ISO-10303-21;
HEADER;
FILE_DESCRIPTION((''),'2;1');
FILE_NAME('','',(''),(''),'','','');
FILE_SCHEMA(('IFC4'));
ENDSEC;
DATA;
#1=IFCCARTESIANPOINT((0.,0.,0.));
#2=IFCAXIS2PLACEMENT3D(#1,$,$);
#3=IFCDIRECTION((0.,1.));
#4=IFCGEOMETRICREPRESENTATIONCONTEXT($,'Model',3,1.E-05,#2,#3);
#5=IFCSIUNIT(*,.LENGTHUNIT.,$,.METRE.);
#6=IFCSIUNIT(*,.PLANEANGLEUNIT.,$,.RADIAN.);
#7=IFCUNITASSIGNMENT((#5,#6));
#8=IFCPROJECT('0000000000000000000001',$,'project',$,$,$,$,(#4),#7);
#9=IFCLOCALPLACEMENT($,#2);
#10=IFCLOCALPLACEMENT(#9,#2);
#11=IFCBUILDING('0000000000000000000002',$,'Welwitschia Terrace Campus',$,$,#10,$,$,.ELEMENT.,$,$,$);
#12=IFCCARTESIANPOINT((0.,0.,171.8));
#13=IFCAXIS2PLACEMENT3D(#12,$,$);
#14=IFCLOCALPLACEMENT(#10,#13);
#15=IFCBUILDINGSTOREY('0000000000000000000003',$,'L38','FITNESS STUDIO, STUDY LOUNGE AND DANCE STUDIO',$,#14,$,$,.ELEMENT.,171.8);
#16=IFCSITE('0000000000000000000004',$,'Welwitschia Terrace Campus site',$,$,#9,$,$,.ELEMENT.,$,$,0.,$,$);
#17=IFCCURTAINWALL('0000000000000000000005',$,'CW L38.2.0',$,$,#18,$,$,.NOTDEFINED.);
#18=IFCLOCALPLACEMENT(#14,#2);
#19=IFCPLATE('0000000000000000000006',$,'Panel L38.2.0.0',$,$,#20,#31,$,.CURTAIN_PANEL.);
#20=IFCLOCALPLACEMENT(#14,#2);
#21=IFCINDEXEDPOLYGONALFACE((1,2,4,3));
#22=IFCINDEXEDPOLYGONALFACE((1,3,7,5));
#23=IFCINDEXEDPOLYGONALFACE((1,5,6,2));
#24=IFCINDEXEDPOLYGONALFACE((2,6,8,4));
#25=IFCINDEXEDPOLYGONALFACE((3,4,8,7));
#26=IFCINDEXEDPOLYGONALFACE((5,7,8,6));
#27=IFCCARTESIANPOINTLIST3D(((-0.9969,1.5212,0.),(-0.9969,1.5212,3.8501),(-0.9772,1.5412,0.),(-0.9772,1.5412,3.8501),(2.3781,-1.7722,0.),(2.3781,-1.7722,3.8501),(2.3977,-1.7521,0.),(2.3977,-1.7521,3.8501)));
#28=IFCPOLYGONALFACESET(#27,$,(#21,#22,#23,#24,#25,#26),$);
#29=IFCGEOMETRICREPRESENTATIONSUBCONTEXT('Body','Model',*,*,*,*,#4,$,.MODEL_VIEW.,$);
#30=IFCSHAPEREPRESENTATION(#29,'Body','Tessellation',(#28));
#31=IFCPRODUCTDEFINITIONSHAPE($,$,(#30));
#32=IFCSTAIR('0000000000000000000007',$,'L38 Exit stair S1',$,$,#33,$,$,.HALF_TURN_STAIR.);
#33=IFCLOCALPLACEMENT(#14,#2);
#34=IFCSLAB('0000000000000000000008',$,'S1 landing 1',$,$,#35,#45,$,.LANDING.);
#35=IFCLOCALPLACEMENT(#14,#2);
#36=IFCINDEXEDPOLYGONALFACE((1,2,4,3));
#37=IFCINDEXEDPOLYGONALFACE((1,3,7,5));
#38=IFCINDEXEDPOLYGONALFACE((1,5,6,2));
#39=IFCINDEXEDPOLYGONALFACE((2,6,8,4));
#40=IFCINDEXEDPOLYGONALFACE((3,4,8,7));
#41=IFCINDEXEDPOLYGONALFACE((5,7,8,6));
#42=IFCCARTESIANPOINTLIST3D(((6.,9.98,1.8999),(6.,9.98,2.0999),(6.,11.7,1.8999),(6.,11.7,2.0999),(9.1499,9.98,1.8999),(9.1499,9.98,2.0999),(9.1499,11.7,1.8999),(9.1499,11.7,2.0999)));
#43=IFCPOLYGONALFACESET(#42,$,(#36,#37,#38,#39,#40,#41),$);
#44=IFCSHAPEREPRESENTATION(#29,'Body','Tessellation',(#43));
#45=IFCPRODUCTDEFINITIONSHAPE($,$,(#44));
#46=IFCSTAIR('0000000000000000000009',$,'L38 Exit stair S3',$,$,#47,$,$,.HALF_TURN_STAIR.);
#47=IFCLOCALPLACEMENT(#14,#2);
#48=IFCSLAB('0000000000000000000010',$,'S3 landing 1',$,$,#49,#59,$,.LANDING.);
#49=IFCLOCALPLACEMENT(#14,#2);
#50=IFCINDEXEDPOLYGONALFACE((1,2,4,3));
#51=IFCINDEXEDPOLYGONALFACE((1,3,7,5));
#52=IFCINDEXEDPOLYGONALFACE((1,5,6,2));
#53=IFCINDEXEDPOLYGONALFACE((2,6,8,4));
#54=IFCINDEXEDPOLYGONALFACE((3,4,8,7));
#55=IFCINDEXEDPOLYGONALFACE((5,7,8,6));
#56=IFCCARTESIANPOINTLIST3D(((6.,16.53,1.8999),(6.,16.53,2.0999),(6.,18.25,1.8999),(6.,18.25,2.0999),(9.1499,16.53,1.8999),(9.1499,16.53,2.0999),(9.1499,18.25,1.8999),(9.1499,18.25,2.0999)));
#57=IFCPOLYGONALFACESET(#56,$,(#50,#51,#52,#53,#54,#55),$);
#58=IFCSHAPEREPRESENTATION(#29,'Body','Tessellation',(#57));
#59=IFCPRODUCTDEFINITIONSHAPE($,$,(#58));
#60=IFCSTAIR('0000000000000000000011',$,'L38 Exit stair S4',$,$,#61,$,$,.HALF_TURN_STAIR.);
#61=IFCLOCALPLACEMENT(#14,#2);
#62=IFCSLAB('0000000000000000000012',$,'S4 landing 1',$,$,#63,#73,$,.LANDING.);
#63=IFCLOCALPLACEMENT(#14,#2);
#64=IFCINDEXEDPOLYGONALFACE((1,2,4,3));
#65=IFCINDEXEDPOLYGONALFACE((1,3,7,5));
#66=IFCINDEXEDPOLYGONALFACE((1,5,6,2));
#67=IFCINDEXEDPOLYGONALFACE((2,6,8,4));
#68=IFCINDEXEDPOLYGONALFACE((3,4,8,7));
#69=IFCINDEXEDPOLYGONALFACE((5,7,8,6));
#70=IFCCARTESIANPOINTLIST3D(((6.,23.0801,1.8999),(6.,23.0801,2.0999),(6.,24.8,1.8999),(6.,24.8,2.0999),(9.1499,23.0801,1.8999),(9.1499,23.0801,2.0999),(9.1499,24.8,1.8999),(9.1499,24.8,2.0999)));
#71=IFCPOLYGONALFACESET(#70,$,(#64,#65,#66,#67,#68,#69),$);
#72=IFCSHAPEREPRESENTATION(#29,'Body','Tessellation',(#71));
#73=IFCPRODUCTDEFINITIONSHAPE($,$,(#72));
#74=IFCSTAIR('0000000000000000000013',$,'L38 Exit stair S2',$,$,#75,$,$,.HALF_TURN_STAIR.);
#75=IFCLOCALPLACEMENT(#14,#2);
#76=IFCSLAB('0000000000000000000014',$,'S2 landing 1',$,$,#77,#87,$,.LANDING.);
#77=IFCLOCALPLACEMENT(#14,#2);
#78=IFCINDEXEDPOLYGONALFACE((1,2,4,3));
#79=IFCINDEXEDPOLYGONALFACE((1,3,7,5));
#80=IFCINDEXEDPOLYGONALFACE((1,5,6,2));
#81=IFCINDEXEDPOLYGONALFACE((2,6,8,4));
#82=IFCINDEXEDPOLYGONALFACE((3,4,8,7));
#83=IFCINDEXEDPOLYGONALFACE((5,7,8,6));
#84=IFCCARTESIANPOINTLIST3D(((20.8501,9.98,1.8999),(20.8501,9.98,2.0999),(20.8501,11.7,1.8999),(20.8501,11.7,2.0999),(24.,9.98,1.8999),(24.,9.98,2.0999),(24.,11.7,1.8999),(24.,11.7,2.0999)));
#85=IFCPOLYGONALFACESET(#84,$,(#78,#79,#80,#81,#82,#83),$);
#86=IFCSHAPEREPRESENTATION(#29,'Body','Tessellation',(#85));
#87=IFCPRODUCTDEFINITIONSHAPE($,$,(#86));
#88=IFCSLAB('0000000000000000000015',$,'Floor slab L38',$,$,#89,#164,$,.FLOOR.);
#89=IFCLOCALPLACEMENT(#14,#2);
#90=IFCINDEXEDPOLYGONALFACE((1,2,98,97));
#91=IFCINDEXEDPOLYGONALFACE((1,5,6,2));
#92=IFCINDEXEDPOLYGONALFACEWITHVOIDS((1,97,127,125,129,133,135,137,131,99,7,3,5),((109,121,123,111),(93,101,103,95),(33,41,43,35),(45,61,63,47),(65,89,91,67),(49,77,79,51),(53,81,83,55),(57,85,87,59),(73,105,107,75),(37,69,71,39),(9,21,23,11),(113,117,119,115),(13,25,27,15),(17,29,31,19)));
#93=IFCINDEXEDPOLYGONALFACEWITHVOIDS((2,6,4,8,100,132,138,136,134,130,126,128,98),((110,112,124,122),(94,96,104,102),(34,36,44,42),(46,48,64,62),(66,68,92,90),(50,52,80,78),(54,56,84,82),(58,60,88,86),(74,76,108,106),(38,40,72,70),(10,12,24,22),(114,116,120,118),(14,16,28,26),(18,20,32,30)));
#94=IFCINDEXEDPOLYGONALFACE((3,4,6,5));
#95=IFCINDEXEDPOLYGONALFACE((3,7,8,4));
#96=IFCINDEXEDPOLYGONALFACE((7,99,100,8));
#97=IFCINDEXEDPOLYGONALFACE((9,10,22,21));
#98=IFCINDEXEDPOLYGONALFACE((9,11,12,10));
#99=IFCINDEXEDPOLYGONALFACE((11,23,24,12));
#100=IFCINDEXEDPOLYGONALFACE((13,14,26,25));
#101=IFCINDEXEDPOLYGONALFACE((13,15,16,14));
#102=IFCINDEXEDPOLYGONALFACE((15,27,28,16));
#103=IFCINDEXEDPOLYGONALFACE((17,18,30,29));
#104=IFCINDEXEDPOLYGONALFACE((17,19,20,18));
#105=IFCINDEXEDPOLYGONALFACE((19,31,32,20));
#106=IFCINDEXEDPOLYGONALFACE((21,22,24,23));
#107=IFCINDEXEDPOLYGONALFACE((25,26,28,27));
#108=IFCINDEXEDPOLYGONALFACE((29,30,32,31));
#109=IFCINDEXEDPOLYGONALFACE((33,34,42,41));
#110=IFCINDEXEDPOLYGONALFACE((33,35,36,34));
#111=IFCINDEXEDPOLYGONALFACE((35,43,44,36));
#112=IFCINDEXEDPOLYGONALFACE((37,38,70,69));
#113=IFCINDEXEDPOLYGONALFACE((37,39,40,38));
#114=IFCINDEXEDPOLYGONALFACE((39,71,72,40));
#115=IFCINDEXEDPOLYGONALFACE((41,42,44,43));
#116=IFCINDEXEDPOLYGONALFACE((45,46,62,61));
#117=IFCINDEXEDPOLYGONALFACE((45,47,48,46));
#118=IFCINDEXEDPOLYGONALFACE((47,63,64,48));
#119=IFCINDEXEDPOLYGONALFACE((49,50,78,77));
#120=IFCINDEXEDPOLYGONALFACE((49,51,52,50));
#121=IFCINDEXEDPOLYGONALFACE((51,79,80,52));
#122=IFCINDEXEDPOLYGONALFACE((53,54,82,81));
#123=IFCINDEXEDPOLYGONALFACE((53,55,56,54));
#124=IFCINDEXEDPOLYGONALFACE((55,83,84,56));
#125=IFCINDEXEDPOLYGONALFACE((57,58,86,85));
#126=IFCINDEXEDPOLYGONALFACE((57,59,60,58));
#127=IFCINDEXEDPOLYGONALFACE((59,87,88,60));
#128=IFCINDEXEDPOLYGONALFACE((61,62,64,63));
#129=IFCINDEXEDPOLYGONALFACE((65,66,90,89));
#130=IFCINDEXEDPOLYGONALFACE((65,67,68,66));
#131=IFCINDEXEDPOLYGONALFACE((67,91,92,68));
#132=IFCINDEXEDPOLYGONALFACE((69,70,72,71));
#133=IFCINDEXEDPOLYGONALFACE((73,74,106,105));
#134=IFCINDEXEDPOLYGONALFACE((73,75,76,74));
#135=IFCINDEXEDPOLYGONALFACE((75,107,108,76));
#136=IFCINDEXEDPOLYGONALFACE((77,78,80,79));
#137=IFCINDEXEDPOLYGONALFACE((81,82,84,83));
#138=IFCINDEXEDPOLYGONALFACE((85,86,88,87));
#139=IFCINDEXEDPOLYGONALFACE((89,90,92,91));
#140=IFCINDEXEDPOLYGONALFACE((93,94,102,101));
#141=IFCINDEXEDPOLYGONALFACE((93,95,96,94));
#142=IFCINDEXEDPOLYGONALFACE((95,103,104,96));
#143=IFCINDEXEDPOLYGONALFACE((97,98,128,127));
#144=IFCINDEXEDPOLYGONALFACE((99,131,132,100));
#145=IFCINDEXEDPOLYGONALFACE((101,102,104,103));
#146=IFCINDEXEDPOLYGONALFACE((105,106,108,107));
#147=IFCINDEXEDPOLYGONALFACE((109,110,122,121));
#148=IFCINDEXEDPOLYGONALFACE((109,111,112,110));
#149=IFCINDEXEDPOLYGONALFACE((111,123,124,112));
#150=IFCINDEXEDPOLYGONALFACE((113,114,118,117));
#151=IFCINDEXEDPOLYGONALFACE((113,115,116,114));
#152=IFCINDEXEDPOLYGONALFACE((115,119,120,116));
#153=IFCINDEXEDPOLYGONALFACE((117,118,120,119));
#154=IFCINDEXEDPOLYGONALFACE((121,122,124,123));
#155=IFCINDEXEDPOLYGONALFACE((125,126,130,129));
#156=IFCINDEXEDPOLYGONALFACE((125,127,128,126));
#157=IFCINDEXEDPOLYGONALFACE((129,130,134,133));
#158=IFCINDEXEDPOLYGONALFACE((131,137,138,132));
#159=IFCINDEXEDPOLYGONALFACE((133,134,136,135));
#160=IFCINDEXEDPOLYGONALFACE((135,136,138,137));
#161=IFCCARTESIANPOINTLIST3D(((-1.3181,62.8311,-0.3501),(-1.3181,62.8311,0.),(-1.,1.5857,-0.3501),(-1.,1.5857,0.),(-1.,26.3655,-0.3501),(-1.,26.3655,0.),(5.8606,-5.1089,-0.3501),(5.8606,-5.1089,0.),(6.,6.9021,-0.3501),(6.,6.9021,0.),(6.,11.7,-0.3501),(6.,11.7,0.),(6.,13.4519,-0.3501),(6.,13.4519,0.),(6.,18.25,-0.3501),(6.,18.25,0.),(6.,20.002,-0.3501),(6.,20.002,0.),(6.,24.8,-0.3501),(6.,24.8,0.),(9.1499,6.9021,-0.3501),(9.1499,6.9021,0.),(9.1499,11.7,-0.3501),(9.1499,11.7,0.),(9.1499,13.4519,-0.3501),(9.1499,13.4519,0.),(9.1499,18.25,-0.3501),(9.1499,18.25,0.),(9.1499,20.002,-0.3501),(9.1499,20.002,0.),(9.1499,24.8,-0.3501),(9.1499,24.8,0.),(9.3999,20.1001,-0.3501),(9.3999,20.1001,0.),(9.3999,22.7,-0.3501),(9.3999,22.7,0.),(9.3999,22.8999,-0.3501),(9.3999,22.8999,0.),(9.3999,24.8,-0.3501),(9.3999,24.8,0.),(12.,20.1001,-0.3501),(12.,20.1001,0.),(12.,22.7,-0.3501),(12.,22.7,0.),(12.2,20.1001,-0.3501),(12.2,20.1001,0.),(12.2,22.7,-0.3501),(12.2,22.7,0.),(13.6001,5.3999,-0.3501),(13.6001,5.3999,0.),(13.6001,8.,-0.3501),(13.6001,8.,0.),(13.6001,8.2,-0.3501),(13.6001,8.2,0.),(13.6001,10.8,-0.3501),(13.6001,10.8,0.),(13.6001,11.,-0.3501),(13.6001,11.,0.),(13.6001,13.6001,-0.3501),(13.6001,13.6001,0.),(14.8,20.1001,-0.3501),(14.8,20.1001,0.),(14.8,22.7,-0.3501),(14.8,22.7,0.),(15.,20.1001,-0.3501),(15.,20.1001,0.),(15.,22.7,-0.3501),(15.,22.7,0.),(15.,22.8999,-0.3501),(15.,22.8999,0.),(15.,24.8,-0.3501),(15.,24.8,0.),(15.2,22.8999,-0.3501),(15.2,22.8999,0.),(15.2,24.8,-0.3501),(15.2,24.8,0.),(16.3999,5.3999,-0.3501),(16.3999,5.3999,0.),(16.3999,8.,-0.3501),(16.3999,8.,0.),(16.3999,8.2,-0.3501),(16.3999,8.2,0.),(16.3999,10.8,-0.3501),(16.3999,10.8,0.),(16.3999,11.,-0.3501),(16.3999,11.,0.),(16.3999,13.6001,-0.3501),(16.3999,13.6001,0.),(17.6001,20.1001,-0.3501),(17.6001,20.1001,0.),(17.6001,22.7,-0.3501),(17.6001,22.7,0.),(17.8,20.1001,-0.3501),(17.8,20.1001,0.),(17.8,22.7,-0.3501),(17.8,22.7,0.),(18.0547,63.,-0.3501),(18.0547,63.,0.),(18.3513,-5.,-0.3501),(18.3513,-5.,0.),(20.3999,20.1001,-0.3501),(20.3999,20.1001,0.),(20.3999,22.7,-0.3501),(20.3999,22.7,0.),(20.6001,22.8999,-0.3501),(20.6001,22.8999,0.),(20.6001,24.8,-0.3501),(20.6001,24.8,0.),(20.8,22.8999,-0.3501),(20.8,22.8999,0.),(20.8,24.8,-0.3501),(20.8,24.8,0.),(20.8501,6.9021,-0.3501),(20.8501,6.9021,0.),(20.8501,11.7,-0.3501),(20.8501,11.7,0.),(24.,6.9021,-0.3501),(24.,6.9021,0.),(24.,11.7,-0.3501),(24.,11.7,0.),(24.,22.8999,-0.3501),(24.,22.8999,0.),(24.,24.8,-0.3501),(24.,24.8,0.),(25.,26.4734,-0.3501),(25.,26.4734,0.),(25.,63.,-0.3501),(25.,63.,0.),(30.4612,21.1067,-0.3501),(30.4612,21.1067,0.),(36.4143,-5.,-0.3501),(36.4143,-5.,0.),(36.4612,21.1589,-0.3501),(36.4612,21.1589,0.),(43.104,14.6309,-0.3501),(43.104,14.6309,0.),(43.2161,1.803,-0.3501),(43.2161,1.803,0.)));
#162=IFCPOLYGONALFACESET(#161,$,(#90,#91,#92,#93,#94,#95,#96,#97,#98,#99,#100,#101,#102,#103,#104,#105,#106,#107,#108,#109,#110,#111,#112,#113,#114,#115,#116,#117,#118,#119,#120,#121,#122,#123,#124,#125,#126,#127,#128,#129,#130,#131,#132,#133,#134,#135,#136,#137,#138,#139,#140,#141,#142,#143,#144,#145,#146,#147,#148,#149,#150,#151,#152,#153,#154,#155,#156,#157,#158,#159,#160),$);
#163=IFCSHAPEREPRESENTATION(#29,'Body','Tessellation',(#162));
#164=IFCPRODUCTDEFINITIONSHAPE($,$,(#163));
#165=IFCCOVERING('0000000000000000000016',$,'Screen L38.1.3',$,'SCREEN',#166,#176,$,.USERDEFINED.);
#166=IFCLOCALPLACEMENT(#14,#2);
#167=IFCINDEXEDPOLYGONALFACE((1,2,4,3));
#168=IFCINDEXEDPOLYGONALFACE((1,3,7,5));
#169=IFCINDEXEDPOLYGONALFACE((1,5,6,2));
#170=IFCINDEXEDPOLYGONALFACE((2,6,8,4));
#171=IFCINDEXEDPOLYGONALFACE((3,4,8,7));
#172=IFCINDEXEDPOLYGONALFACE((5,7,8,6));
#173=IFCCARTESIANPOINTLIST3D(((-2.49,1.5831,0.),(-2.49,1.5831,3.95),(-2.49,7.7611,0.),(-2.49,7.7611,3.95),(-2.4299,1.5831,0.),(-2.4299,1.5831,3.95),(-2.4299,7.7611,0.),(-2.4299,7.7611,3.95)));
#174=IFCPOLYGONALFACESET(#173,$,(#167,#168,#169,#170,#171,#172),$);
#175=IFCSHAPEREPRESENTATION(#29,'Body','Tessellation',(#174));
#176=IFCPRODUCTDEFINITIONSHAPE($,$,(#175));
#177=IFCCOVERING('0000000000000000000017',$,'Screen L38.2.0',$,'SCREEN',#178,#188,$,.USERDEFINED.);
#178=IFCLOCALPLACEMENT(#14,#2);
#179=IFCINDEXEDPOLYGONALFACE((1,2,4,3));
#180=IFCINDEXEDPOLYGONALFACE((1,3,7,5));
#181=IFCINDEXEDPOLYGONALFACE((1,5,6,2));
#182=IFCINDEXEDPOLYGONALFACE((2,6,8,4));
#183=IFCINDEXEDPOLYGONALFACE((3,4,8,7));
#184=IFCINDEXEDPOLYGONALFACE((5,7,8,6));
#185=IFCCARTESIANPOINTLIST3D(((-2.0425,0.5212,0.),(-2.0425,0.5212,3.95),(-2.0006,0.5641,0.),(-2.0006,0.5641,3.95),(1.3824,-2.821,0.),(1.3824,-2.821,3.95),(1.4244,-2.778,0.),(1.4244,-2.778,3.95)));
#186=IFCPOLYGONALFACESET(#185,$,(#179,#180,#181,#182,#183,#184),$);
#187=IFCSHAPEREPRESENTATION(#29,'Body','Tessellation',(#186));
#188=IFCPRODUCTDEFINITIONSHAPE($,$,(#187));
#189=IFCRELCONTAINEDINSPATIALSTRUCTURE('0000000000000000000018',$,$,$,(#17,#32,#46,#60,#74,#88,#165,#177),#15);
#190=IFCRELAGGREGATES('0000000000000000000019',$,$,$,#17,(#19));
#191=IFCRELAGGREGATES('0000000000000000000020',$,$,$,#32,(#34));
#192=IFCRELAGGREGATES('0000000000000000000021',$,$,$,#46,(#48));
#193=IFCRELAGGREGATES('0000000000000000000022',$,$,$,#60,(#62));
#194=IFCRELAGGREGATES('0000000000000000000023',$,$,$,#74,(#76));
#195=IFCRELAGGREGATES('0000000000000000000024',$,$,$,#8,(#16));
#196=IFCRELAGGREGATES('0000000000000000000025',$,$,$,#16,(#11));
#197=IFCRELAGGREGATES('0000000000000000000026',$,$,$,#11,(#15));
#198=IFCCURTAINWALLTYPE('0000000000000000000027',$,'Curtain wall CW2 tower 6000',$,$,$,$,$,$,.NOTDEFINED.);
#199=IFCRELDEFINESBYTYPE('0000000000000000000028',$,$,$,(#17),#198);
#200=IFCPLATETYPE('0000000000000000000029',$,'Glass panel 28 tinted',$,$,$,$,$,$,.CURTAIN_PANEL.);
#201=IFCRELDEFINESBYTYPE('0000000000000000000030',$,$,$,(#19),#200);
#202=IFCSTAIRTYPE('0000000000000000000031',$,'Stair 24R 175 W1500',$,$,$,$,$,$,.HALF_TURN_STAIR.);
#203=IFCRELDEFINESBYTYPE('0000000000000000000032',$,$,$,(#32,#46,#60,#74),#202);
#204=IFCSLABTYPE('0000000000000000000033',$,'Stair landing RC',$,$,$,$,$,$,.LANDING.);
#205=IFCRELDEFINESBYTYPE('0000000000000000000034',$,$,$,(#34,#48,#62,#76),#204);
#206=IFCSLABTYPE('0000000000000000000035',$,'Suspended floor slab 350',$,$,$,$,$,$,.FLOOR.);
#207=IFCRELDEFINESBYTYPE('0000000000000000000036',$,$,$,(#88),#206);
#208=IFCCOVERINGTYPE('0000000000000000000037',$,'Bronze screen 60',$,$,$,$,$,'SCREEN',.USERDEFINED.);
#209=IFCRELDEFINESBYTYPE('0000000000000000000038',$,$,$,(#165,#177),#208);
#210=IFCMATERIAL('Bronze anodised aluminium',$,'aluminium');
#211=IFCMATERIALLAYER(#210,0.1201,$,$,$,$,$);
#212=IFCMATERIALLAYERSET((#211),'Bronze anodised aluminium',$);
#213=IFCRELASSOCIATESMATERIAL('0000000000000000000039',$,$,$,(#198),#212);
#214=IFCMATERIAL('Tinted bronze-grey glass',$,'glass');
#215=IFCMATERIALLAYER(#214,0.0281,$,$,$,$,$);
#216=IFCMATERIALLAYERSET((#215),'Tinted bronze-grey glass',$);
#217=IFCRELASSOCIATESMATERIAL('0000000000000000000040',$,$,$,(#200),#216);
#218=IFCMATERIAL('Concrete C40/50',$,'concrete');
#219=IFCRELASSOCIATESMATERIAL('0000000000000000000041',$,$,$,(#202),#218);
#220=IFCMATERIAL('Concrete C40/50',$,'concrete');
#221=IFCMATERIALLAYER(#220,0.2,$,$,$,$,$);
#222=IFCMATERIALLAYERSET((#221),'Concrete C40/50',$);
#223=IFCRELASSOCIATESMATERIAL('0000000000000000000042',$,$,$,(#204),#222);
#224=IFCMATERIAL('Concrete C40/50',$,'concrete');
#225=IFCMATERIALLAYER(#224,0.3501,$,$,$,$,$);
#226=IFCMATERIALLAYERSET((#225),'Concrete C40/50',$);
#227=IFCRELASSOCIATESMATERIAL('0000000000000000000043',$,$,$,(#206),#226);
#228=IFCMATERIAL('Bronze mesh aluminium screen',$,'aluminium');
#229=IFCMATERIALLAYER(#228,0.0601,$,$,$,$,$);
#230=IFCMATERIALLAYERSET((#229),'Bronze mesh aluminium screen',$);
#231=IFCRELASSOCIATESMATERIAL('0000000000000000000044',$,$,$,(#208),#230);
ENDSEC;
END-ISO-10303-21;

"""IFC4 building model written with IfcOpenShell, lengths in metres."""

from ifc_helpers import new_model, si_unit, direction, frame, origin, origin_2d, place, context, subcontext, project, spatial, polyline, rectangle, outline, extrude, material, layer, layer_set, type_object, element, aggregate, save


model = new_model("IFC4")

# Units and contexts
model_context = context("Model", 3, precision=1e-05, world=origin(), true_north=direction((0.0, 1.0)))
body_context = subcontext(model_context, "Body", "Model", "MODEL_VIEW")
ifc_project = project(units=[si_unit("LENGTHUNIT", "METRE"), si_unit("PLANEANGLEUNIT", "RADIAN")], contexts=[model_context])

# Site, building, storey
site_placement = place(None, origin())
site = spatial("IfcSite", under=ifc_project, at=site_placement, Name="Welwitschia Terrace Campus site", CompositionType="ELEMENT", RefElevation=0.0)
building_placement = place(site_placement, origin())
building = spatial("IfcBuilding", under=site, at=building_placement, Name="Welwitschia Terrace Campus", CompositionType="ELEMENT")
storey_placement = place(building_placement, frame((0.0, 0.0, 171.8)))
storey = spatial("IfcBuildingStorey", under=building, at=storey_placement, Name="L38", Description="FITNESS STUDIO, STUDY LOUNGE AND DANCE STUDIO", CompositionType="ELEMENT", Elevation=171.8)

# Shared definitions
ifc_material_1 = material(Name="Bronze anodised aluminium", Category="aluminium")
ifc_layer_1 = layer(ifc_material_1, 0.1201)
ifc_layer_set_1 = layer_set([ifc_layer_1], Name="Bronze anodised aluminium")
curtain_wall_type = type_object("IfcCurtainWallType", Name="Curtain wall CW2 tower 6000", PredefinedType="NOTDEFINED", material=ifc_layer_set_1)

# Curtain wall
curtain_wall_1_placement = place(storey_placement, origin())
curtain_wall_1 = element("IfcCurtainWall", 1, at=curtain_wall_1_placement, inside=storey, type_object=curtain_wall_type, Name="CW L38.2.0", PredefinedType="NOTDEFINED")

# Plate
ifc_material_2 = material(Name="Tinted bronze-grey glass", Category="glass")
ifc_layer_2 = layer(ifc_material_2, 0.0281)
ifc_layer_set_2 = layer_set([ifc_layer_2], Name="Tinted bronze-grey glass")
plate_type = type_object("IfcPlateType", Name="Glass panel 28 tinted", PredefinedType="CURTAIN_PANEL", material=ifc_layer_set_2)
plate_1_placement = place(storey_placement, frame((0.7004, -0.1155, 0.0), z_axis=(0.0, 0.0, 1.0), x_axis=(0.715708, -0.698399, 0.0)))
plate_1 = element("IfcPlate", 2, at=plate_1_placement, type_object=plate_type, Name="Panel L38.2.0.0", PredefinedType="CURTAIN_PANEL", context=body_context, shape_type="SweptSolid", body=[
    extrude(rectangle(XDim=4.7156, YDim=0.0281, at=origin_2d()), origin(), (0.0, 0.0, 1.0), 3.8501),
])
aggregate(curtain_wall_1, [plate_1])

# Stairs, slabs
ifc_material_3 = material(Name="Concrete C40/50", Category="concrete")
stair_type = type_object("IfcStairType", Name="Stair 24R 175 W1500", PredefinedType="HALF_TURN_STAIR", material=ifc_material_3)
stair_1_placement = place(storey_placement, origin())
stair_1 = element("IfcStair", 3, at=stair_1_placement, inside=storey, type_object=stair_type, Name="L38 Exit stair S1", PredefinedType="HALF_TURN_STAIR")
ifc_material_4 = material(Name="Concrete C40/50", Category="concrete")
ifc_layer_3 = layer(ifc_material_4, 0.2)
ifc_layer_set_3 = layer_set([ifc_layer_3], Name="Concrete C40/50")
slab_type_1 = type_object("IfcSlabType", Name="Stair landing RC", PredefinedType="LANDING", material=ifc_layer_set_3)
slab_1_placement = place(storey_placement, frame((0.0, 0.0, 1.8999)))
slab_1 = element("IfcSlab", 4, at=slab_1_placement, type_object=slab_type_1, Name="S1 landing 1", PredefinedType="LANDING", context=body_context, shape_type="SweptSolid", body=[
    extrude(outline(polyline([(9.1499, 9.98), (9.1499, 11.7), (6.0, 11.7), (6.0, 9.98), (9.1499, 9.98)])), origin(), (0.0, 0.0, 1.0), 0.2),
])
aggregate(stair_1, [slab_1])
stair_2_placement = place(storey_placement, origin())
stair_2 = element("IfcStair", 5, at=stair_2_placement, inside=storey, type_object=stair_type, Name="L38 Exit stair S3", PredefinedType="HALF_TURN_STAIR")
slab_2_placement = place(storey_placement, frame((0.0, 0.0, 1.8999)))
slab_2 = element("IfcSlab", 6, at=slab_2_placement, type_object=slab_type_1, Name="S3 landing 1", PredefinedType="LANDING", context=body_context, shape_type="SweptSolid", body=[
    extrude(outline(polyline([(9.1499, 16.53), (9.1499, 18.25), (6.0, 18.25), (6.0, 16.53), (9.1499, 16.53)])), origin(), (0.0, 0.0, 1.0), 0.2),
])
aggregate(stair_2, [slab_2])
stair_3_placement = place(storey_placement, origin())
stair_3 = element("IfcStair", 7, at=stair_3_placement, inside=storey, type_object=stair_type, Name="L38 Exit stair S4", PredefinedType="HALF_TURN_STAIR")
slab_3_placement = place(storey_placement, frame((0.0, 0.0, 1.8999)))
slab_3 = element("IfcSlab", 8, at=slab_3_placement, type_object=slab_type_1, Name="S4 landing 1", PredefinedType="LANDING", context=body_context, shape_type="SweptSolid", body=[
    extrude(outline(polyline([(9.1499, 23.0801), (9.1499, 24.8), (6.0, 24.8), (6.0, 23.0801), (9.1499, 23.0801)])), origin(), (0.0, 0.0, 1.0), 0.2),
])
aggregate(stair_3, [slab_3])
stair_4_placement = place(storey_placement, origin())
stair_4 = element("IfcStair", 9, at=stair_4_placement, inside=storey, type_object=stair_type, Name="L38 Exit stair S2", PredefinedType="HALF_TURN_STAIR")
slab_4_placement = place(storey_placement, frame((0.0, 0.0, 1.8999)))
slab_4 = element("IfcSlab", 10, at=slab_4_placement, type_object=slab_type_1, Name="S2 landing 1", PredefinedType="LANDING", context=body_context, shape_type="SweptSolid", body=[
    extrude(outline(polyline([(24.0, 9.98), (24.0, 11.7), (20.8501, 11.7), (20.8501, 9.98), (24.0, 9.98)])), origin(), (0.0, 0.0, 1.0), 0.2),
])
aggregate(stair_4, [slab_4])

# Slab
ifc_material_5 = material(Name="Concrete C40/50", Category="concrete")
ifc_layer_4 = layer(ifc_material_5, 0.3501)
ifc_layer_set_4 = layer_set([ifc_layer_4], Name="Concrete C40/50")
slab_type_2 = type_object("IfcSlabType", Name="Suspended floor slab 350", PredefinedType="FLOOR", material=ifc_layer_set_4)
slab_5_placement = place(storey_placement, frame((0.0, 0.0, -0.3501)))
element("IfcSlab", 11, at=slab_5_placement, inside=storey, type_object=slab_type_2, Name="Floor slab L38", PredefinedType="FLOOR", context=body_context, shape_type="SweptSolid", body=[
    extrude(outline(polyline([(18.0547, 63.0), (25.0, 63.0), (25.0, 26.4734), (30.4612, 21.1067), (36.4612, 21.1589), (43.104, 14.6309), (43.2161, 1.803), (36.4143, -5.0), (18.3513, -5.0), (5.8606, -5.1089), (-1.0, 1.5857), (-1.0, 26.3655), (-1.3181, 62.8311), (18.0547, 63.0)]), holes=[polyline([(13.6001, 8.0), (13.6001, 5.3999), (16.3999, 5.3999), (16.3999, 8.0), (13.6001, 8.0)]), polyline([(9.1499, 11.7), (6.0, 11.7), (6.0, 6.9021), (9.1499, 6.9021), (9.1499, 11.7)]), polyline([(9.1499, 18.25), (6.0, 18.25), (6.0, 13.4519), (9.1499, 13.4519), (9.1499, 18.25)]), polyline([(12.0, 22.7), (9.3999, 22.7), (9.3999, 20.1001), (12.0, 20.1001), (12.0, 22.7)]), polyline([(14.8, 22.7), (12.2, 22.7), (12.2, 20.1001), (14.8, 20.1001), (14.8, 22.7)]), polyline([(9.1499, 24.8), (6.0, 24.8), (6.0, 20.002), (9.1499, 20.002), (9.1499, 24.8)]), polyline([(15.0, 24.8), (9.3999, 24.8), (9.3999, 22.8999), (15.0, 22.8999), (15.0, 24.8)]), polyline([(20.8501, 11.7), (20.8501, 6.9021), (24.0, 6.9021), (24.0, 11.7), (20.8501, 11.7)]), polyline([(16.3999, 10.8), (13.6001, 10.8), (13.6001, 8.2), (16.3999, 8.2), (16.3999, 10.8)]), polyline([(16.3999, 13.6001), (13.6001, 13.6001), (13.6001, 11.0), (16.3999, 11.0), (16.3999, 13.6001)]), polyline([(17.6001, 22.7), (15.0, 22.7), (15.0, 20.1001), (17.6001, 20.1001), (17.6001, 22.7)]), polyline([(20.3999, 22.7), (17.8, 22.7), (17.8, 20.1001), (20.3999, 20.1001), (20.3999, 22.7)]), polyline([(20.6001, 24.8), (15.2, 24.8), (15.2, 22.8999), (20.6001, 22.8999), (20.6001, 24.8)]), polyline([(24.0, 24.8), (20.8, 24.8), (20.8, 22.8999), (24.0, 22.8999), (24.0, 24.8)])]), origin(), (0.0, 0.0, 1.0), 0.3501),
])

# Coverings
ifc_material_6 = material(Name="Bronze mesh aluminium screen", Category="aluminium")
ifc_layer_5 = layer(ifc_material_6, 0.0601)
ifc_layer_set_5 = layer_set([ifc_layer_5], Name="Bronze mesh aluminium screen")
covering_type_1 = type_object("IfcCoveringType", Name="Bronze screen 60", ElementType="SCREEN", PredefinedType="USERDEFINED", material=ifc_layer_set_5)
covering_1_placement = place(storey_placement, frame((-2.46, 4.6721, 0.0), z_axis=(0.0, 0.0, 1.0), x_axis=(0.0, -1.0, 0.0)))
element("IfcCovering", 12, at=covering_1_placement, inside=storey, type_object=covering_type_1, Name="Screen L38.1.3", ObjectType="SCREEN", PredefinedType="USERDEFINED", context=body_context, shape_type="SweptSolid", body=[
    extrude(rectangle(XDim=6.178, YDim=0.0601, at=origin_2d()), origin(), (0.0, 0.0, 1.0), 3.95),
])
covering_2_placement = place(storey_placement, frame((-0.3091, -1.1284, 0.0), z_axis=(0.0, 0.0, 1.0), x_axis=(0.715708, -0.698399, 0.0)))
element("IfcCovering", 13, at=covering_2_placement, inside=storey, type_object=covering_type_1, Name="Screen L38.2.0", ObjectType="SCREEN", PredefinedType="USERDEFINED", context=body_context, shape_type="SweptSolid", body=[
    extrude(rectangle(XDim=4.7854, YDim=0.0601, at=origin_2d()), origin(), (0.0, 0.0, 1.0), 3.95),
])

save(model, "model.ifc")
